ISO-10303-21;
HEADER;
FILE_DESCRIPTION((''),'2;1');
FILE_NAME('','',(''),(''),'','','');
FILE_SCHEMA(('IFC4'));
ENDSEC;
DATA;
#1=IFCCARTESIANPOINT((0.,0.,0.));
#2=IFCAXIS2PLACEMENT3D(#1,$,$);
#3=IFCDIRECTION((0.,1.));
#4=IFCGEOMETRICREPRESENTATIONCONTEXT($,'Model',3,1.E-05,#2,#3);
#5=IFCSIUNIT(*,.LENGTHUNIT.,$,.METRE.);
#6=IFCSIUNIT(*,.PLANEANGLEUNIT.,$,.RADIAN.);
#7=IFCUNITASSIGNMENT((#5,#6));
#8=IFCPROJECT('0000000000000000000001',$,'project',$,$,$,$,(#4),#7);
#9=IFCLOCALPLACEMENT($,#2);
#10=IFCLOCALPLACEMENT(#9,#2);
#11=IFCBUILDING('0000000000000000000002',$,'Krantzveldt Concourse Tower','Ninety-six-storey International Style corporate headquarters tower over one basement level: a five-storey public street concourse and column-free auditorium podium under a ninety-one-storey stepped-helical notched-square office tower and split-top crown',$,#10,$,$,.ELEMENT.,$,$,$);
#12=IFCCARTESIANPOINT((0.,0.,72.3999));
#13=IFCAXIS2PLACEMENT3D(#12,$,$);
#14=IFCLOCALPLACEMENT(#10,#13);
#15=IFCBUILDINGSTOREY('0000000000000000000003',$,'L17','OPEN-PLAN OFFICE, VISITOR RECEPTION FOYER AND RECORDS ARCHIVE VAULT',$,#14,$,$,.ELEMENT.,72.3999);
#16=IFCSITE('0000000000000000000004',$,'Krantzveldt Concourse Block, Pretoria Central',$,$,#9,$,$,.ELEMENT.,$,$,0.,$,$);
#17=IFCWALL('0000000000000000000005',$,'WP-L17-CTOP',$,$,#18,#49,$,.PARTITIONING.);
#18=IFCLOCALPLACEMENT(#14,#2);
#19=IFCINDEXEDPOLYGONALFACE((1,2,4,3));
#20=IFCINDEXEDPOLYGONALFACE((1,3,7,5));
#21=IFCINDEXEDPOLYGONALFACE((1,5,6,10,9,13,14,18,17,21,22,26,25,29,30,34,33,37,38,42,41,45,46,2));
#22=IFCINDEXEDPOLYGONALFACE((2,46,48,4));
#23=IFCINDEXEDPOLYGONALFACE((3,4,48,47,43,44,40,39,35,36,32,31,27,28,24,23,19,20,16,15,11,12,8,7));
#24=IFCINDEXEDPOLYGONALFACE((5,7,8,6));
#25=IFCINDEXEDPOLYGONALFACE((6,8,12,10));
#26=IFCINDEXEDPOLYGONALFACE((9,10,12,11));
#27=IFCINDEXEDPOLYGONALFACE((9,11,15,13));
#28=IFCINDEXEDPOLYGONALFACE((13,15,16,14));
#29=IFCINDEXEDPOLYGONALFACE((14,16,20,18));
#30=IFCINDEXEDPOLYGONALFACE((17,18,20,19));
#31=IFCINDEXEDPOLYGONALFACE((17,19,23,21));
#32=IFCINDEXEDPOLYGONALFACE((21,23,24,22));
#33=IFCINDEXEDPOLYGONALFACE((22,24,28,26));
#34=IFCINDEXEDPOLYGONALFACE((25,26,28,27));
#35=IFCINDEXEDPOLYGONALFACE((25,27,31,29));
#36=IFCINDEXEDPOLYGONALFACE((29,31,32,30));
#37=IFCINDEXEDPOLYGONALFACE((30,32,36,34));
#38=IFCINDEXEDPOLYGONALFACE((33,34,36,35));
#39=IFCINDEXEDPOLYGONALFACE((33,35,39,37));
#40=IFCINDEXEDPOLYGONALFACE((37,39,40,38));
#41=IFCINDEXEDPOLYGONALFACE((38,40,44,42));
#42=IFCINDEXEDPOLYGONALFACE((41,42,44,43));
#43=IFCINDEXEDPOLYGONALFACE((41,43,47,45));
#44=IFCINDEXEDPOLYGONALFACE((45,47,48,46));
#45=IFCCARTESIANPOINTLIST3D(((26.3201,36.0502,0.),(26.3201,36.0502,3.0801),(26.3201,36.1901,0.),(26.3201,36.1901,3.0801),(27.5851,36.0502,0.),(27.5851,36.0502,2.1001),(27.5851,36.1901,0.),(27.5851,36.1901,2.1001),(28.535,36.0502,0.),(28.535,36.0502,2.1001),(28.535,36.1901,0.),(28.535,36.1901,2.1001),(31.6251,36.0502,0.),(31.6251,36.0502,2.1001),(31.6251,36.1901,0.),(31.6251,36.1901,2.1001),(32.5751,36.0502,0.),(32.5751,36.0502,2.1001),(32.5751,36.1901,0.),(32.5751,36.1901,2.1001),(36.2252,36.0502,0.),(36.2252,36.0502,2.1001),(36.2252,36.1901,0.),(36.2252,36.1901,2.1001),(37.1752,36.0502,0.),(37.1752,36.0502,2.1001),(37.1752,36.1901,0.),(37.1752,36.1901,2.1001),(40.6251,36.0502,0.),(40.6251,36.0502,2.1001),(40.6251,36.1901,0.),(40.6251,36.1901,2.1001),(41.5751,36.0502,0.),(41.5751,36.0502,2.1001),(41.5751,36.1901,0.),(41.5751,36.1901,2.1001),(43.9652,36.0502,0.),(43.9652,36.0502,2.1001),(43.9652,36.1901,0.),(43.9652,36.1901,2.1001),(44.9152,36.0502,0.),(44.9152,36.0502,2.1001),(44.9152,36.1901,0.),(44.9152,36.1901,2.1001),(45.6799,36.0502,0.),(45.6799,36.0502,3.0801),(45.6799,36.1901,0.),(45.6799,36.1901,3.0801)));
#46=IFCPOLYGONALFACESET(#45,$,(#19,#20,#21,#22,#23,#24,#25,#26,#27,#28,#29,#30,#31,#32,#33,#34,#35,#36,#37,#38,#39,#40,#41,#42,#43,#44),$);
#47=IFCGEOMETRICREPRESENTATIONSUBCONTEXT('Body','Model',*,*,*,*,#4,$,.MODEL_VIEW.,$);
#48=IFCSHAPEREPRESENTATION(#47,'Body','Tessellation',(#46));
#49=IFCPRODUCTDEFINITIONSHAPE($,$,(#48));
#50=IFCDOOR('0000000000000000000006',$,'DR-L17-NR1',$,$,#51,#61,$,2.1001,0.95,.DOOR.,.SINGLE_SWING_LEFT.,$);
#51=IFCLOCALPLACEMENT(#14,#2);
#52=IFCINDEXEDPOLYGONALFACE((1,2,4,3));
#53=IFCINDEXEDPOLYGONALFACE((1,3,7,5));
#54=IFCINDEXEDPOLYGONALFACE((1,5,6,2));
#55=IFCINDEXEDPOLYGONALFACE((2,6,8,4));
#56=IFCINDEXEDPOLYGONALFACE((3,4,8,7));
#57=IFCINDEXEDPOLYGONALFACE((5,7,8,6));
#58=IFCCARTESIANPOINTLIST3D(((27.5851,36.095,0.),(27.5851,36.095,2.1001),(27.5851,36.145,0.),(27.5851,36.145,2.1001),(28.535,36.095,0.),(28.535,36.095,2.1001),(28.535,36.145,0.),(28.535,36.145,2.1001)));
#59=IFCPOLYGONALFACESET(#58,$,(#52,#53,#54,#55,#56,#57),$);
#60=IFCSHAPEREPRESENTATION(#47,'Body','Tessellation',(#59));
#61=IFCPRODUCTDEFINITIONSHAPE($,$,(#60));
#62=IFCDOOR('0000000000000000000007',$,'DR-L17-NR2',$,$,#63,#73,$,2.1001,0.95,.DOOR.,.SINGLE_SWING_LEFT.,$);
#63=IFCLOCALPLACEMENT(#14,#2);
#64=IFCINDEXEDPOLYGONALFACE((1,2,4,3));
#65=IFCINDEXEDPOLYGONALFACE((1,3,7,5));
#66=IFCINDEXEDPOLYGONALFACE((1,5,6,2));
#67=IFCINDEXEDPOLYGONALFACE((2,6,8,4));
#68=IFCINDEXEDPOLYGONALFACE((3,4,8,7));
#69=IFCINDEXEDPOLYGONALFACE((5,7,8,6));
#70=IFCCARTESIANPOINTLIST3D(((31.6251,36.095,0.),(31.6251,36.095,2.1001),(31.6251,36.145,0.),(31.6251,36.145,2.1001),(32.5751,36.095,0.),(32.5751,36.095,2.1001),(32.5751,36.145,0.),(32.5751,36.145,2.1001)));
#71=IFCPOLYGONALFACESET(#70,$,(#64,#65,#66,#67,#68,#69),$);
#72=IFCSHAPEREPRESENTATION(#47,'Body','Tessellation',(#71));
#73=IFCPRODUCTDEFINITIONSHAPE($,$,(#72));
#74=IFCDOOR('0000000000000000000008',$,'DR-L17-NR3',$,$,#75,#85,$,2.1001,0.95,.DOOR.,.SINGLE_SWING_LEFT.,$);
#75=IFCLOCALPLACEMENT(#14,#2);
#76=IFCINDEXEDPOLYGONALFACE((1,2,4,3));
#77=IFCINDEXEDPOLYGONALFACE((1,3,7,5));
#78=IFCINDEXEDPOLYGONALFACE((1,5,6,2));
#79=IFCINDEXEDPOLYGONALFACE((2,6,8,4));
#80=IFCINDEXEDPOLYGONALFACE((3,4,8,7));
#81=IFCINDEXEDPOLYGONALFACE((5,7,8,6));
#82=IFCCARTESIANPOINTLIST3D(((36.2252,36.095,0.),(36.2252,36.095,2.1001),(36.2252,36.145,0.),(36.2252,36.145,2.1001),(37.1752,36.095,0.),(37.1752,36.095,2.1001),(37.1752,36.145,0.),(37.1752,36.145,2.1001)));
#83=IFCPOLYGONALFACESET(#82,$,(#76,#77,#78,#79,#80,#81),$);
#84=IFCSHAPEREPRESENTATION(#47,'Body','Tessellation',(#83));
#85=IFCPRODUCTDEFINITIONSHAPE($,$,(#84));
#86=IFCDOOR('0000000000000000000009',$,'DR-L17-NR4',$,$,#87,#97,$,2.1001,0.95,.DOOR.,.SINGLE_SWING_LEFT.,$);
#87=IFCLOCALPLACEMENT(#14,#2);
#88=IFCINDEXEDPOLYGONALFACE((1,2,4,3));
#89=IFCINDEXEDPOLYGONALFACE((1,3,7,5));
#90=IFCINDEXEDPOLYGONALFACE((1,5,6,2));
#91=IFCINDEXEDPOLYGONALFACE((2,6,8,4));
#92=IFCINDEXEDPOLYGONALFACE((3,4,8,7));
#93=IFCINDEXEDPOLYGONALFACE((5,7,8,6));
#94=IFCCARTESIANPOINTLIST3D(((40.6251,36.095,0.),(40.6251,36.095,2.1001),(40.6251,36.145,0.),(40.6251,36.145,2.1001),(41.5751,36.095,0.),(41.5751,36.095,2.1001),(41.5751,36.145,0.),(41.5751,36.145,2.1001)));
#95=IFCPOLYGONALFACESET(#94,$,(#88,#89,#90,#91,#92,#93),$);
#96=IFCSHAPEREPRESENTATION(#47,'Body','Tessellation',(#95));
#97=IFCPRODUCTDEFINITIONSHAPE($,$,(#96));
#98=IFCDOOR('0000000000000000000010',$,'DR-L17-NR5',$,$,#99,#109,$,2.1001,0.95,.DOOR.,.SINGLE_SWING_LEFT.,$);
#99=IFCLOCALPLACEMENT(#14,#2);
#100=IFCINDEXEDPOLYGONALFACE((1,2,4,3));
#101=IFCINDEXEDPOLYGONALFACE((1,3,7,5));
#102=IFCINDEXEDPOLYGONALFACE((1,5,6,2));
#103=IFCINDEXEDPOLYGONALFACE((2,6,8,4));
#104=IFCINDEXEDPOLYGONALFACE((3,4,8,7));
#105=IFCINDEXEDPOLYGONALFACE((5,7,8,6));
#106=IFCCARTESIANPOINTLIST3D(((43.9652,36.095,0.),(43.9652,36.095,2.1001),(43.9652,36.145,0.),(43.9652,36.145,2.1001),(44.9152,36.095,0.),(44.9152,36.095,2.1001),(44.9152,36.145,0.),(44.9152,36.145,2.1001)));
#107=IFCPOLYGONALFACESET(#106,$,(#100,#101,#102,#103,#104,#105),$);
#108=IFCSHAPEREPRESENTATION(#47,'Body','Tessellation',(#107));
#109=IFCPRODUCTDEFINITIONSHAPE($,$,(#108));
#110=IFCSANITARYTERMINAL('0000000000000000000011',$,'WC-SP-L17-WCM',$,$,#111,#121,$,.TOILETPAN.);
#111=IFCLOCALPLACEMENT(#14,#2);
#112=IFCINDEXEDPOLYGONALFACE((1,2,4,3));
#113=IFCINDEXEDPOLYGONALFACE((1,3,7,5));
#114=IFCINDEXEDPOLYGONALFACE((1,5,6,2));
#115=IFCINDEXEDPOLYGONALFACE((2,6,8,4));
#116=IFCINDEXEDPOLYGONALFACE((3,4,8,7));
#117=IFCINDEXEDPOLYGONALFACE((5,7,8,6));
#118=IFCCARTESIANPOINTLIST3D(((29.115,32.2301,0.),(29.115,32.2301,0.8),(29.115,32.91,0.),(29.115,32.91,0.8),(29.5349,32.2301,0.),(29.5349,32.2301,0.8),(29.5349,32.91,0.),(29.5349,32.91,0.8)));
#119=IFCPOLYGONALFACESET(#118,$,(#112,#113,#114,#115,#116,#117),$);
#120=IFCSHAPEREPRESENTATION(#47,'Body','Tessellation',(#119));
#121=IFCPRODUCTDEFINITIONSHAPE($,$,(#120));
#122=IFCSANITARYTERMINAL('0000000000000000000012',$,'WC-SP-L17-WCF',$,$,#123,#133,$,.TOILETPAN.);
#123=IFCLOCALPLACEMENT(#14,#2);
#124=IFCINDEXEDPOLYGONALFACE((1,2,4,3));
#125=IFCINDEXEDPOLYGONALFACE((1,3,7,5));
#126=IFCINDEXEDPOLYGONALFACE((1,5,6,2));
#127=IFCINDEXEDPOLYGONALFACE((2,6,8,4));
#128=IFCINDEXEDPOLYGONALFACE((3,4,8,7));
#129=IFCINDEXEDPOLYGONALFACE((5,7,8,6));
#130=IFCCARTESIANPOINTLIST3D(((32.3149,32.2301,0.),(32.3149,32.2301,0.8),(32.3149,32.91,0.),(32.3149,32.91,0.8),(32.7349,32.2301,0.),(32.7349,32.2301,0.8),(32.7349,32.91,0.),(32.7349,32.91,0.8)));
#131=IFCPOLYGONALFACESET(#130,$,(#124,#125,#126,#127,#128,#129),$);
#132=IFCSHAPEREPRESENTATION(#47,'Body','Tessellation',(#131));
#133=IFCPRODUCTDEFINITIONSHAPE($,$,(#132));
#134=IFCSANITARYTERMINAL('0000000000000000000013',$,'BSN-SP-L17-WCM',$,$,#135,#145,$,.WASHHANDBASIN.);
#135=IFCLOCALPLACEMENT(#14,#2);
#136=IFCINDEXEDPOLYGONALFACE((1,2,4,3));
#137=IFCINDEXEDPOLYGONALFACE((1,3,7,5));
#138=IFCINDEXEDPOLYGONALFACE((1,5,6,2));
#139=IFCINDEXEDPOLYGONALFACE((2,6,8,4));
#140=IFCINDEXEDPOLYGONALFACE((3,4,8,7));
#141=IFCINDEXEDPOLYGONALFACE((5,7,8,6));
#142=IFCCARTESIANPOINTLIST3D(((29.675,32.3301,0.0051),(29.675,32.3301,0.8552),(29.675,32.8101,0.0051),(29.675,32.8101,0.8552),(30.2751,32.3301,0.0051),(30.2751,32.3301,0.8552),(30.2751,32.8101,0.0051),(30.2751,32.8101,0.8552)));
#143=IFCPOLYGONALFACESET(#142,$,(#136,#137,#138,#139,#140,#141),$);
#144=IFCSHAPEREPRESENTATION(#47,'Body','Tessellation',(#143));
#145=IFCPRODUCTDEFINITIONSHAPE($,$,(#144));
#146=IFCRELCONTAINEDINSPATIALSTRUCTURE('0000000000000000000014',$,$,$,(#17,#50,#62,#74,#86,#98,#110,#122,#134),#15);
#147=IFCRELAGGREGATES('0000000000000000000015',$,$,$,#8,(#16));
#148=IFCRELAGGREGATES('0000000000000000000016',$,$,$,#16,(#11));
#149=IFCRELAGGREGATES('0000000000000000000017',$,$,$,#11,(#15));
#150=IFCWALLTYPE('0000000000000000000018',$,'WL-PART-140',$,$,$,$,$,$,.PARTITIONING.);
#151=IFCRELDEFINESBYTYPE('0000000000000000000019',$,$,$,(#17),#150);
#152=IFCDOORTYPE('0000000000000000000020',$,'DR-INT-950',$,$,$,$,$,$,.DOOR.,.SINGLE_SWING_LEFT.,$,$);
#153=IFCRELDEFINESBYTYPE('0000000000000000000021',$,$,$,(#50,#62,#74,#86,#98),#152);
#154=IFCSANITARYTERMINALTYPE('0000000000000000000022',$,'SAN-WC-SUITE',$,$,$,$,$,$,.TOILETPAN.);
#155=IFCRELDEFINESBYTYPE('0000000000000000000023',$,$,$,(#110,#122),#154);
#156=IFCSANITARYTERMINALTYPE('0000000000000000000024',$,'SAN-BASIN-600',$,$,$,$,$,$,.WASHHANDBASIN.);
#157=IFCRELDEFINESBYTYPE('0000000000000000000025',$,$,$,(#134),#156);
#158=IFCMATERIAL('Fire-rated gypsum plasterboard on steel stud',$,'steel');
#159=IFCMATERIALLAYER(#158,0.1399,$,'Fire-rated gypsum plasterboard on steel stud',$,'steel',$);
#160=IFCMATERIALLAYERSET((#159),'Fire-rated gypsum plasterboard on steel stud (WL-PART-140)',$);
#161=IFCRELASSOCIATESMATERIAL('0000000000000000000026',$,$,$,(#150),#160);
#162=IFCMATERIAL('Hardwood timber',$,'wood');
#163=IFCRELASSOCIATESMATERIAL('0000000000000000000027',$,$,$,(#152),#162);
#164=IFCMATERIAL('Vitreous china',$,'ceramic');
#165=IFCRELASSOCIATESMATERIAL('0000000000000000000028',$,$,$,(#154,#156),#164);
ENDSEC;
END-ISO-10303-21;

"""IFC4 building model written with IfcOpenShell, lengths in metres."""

from ifc_helpers import new_model, si_unit, direction, frame, frame_2d, origin, origin_2d, place, context, subcontext, project, spatial, rectangle, extrude, source, transform, mapped, material, layer, layer_set, type_object, type_shapes, element, fill, save


model = new_model("IFC4")

# Units and contexts
model_context = context("Model", 3, precision=1e-05, world=origin(), true_north=direction((0.0, 1.0)))
body_context = subcontext(model_context, "Body", "Model", "MODEL_VIEW")
ifc_project = project(units=[si_unit("LENGTHUNIT", "METRE"), si_unit("PLANEANGLEUNIT", "RADIAN")], contexts=[model_context])

# Site, building, storey
site_placement = place(None, origin())
site = spatial("IfcSite", under=ifc_project, at=site_placement, Name="Krantzveldt Concourse Block, Pretoria Central", CompositionType="ELEMENT", RefElevation=0.0)
building_placement = place(site_placement, origin())
building = spatial("IfcBuilding", under=site, at=building_placement, Name="Krantzveldt Concourse Tower", Description="Ninety-six-storey International Style corporate headquarters tower over one basement level: a five-storey public street concourse and column-free auditorium podium under a ninety-one-storey stepped-helical notched-square office tower and split-top crown", CompositionType="ELEMENT")
storey_placement = place(building_placement, frame((0.0, 0.0, 72.3999)))
storey = spatial("IfcBuildingStorey", under=building, at=storey_placement, Name="L17", Description="OPEN-PLAN OFFICE, VISITOR RECEPTION FOYER AND RECORDS ARCHIVE VAULT", CompositionType="ELEMENT", Elevation=72.3999)

# Shared definitions
ifc_material_1 = material(Name="Fire-rated gypsum plasterboard on steel stud", Category="steel")

# Wall, openings, doors
ifc_layer_1 = layer(ifc_material_1, 0.1399, Name="Fire-rated gypsum plasterboard on steel stud", Category="steel")
ifc_layer_set_1 = layer_set([ifc_layer_1], Name="Fire-rated gypsum plasterboard on steel stud (WL-PART-140)")
wall_type_1 = type_object("IfcWallType", Name="WL-PART-140", PredefinedType="PARTITIONING", material=ifc_layer_set_1)
ifc_material_2 = material(Name="Hardwood timber", Category="wood")
door_type_1 = type_object("IfcDoorType", Name="DR-INT-950", OperationType="SINGLE_SWING_LEFT", PredefinedType="DOOR", material=ifc_material_2)
wall_1_placement = place(storey_placement, frame((26.3201, 36.1201, 0.0), z_axis=(0.0, 0.0, 1.0), x_axis=(1.0, 0.0, 0.0)))
wall_1 = element("IfcWall", 1, at=wall_1_placement, inside=storey, type_object=wall_type_1, Name="WP-L17-CTOP", PredefinedType="PARTITIONING", context=body_context, shape_type="SweptSolid", body=[
    extrude(rectangle(XDim=19.3599, YDim=0.1399, at=frame_2d((9.6799, 0.0))), origin(), (0.0, 0.0, 1.0), 3.0801),
])
opening_1_placement = place(wall_1_placement, frame((1.2649, 0.0, 0.0)))
opening_1 = element("IfcOpeningElement", 2, at=opening_1_placement, cuts=wall_1, PredefinedType="OPENING", context=body_context, shape_type="SweptSolid", body=[
    extrude(rectangle(XDim=0.95, YDim=2.1001, at=frame_2d((0.4751, 1.05))), frame((0.0, 0.0801, 0.0), z_axis=(0.0, -1.0, 0.0), x_axis=(1.0, 0.0, 0.0)), (0.0, 0.0, 1.0), 0.1599),
])
opening_2_placement = place(wall_1_placement, frame((5.3049, 0.0, 0.0)))
opening_2 = element("IfcOpeningElement", 3, at=opening_2_placement, cuts=wall_1, PredefinedType="OPENING", context=body_context, shape_type="SweptSolid", body=[
    extrude(rectangle(XDim=0.95, YDim=2.1001, at=frame_2d((0.4751, 1.05))), frame((0.0, 0.0801, 0.0), z_axis=(0.0, -1.0, 0.0), x_axis=(1.0, 0.0, 0.0)), (0.0, 0.0, 1.0), 0.1599),
])
opening_3_placement = place(wall_1_placement, frame((9.905, 0.0, 0.0)))
opening_3 = element("IfcOpeningElement", 4, at=opening_3_placement, cuts=wall_1, PredefinedType="OPENING", context=body_context, shape_type="SweptSolid", body=[
    extrude(rectangle(XDim=0.95, YDim=2.1001, at=frame_2d((0.4751, 1.05))), frame((0.0, 0.0801, 0.0), z_axis=(0.0, -1.0, 0.0), x_axis=(1.0, 0.0, 0.0)), (0.0, 0.0, 1.0), 0.1599),
])
opening_4_placement = place(wall_1_placement, frame((14.3049, 0.0, 0.0)))
opening_4 = element("IfcOpeningElement", 5, at=opening_4_placement, cuts=wall_1, PredefinedType="OPENING", context=body_context, shape_type="SweptSolid", body=[
    extrude(rectangle(XDim=0.95, YDim=2.1001, at=frame_2d((0.4751, 1.05))), frame((0.0, 0.0801, 0.0), z_axis=(0.0, -1.0, 0.0), x_axis=(1.0, 0.0, 0.0)), (0.0, 0.0, 1.0), 0.1599),
])
opening_5_placement = place(wall_1_placement, frame((17.645, 0.0, 0.0)))
opening_5 = element("IfcOpeningElement", 6, at=opening_5_placement, cuts=wall_1, PredefinedType="OPENING", context=body_context, shape_type="SweptSolid", body=[
    extrude(rectangle(XDim=0.95, YDim=2.1001, at=frame_2d((0.4751, 1.05))), frame((0.0, 0.0801, 0.0), z_axis=(0.0, -1.0, 0.0), x_axis=(1.0, 0.0, 0.0)), (0.0, 0.0, 1.0), 0.1599),
])
door_1_placement = place(opening_1_placement, origin())
door_1 = element("IfcDoor", 7, at=door_1_placement, inside=storey, type_object=door_type_1, Name="DR-L17-NR1", OperationType="SINGLE_SWING_LEFT", OverallHeight=2.1001, OverallWidth=0.95, PredefinedType="DOOR", context=body_context, shape_type="SweptSolid", body=[
    extrude(rectangle(XDim=0.95, YDim=2.1001, at=frame_2d((0.4751, 1.05))), frame((0.0, 0.0249, 0.0), z_axis=(0.0, -1.0, 0.0), x_axis=(1.0, 0.0, 0.0)), (0.0, 0.0, 1.0), 0.05),
])
fill(opening_1, door_1)
door_2_placement = place(opening_2_placement, origin())
door_2 = element("IfcDoor", 8, at=door_2_placement, inside=storey, type_object=door_type_1, Name="DR-L17-NR2", OperationType="SINGLE_SWING_LEFT", OverallHeight=2.1001, OverallWidth=0.95, PredefinedType="DOOR", context=body_context, shape_type="SweptSolid", body=[
    extrude(rectangle(XDim=0.95, YDim=2.1001, at=frame_2d((0.4751, 1.05))), frame((0.0, 0.0249, 0.0), z_axis=(0.0, -1.0, 0.0), x_axis=(1.0, 0.0, 0.0)), (0.0, 0.0, 1.0), 0.05),
])
fill(opening_2, door_2)
door_3_placement = place(opening_3_placement, origin())
door_3 = element("IfcDoor", 9, at=door_3_placement, inside=storey, type_object=door_type_1, Name="DR-L17-NR3", OperationType="SINGLE_SWING_LEFT", OverallHeight=2.1001, OverallWidth=0.95, PredefinedType="DOOR", context=body_context, shape_type="SweptSolid", body=[
    extrude(rectangle(XDim=0.95, YDim=2.1001, at=frame_2d((0.4751, 1.05))), frame((0.0, 0.0249, 0.0), z_axis=(0.0, -1.0, 0.0), x_axis=(1.0, 0.0, 0.0)), (0.0, 0.0, 1.0), 0.05),
])
fill(opening_3, door_3)
door_4_placement = place(opening_4_placement, origin())
door_4 = element("IfcDoor", 10, at=door_4_placement, inside=storey, type_object=door_type_1, Name="DR-L17-NR4", OperationType="SINGLE_SWING_LEFT", OverallHeight=2.1001, OverallWidth=0.95, PredefinedType="DOOR", context=body_context, shape_type="SweptSolid", body=[
    extrude(rectangle(XDim=0.95, YDim=2.1001, at=frame_2d((0.4751, 1.05))), frame((0.0, 0.0249, 0.0), z_axis=(0.0, -1.0, 0.0), x_axis=(1.0, 0.0, 0.0)), (0.0, 0.0, 1.0), 0.05),
])
fill(opening_4, door_4)
door_5_placement = place(opening_5_placement, origin())
door_5 = element("IfcDoor", 11, at=door_5_placement, inside=storey, type_object=door_type_1, Name="DR-L17-NR5", OperationType="SINGLE_SWING_LEFT", OverallHeight=2.1001, OverallWidth=0.95, PredefinedType="DOOR", context=body_context, shape_type="SweptSolid", body=[
    extrude(rectangle(XDim=0.95, YDim=2.1001, at=frame_2d((0.4751, 1.05))), frame((0.0, 0.0249, 0.0), z_axis=(0.0, -1.0, 0.0), x_axis=(1.0, 0.0, 0.0)), (0.0, 0.0, 1.0), 0.05),
])
fill(opening_5, door_5)

# Sanitary terminals
ifc_material_3 = material(Name="Vitreous china", Category="ceramic")
sanitary_terminal_type_1 = type_object("IfcSanitaryTerminalType", Name="SAN-WC-SUITE", PredefinedType="TOILETPAN", material=ifc_material_3)
shared_shape_1 = source(origin(), body_context, "Body", "SweptSolid", [
    extrude(rectangle(XDim=0.4199, YDim=0.6799, at=origin_2d()), origin(), (0.0, 0.0, 1.0), 0.8),
])
type_shapes(sanitary_terminal_type_1, [shared_shape_1])
for number, where, z_axis, x_axis, name in (
    (12, (29.325, 32.5701, 0.0), (0.0, 0.0, 1.0), (1.0, 0.0, 0.0), "WC-SP-L17-WCM"),
    (13, (32.5249, 32.5701, 0.0), (0.0, 0.0, 1.0), (1.0, 0.0, 0.0), "WC-SP-L17-WCF"),
):
    element("IfcSanitaryTerminal", number, at=place(storey_placement, frame(where, z_axis=z_axis, x_axis=x_axis)), inside=storey, type_object=sanitary_terminal_type_1, Name=name, PredefinedType="TOILETPAN", context=body_context, shape_type="MappedRepresentation", body=[
        mapped(shared_shape_1, transform((0.0, 0.0, 0.0), x_axis=(1.0, 0.0, 0.0), y_axis=(0.0, 1.0, 0.0), z_axis=(0.0, 0.0, 1.0), scale=1.0)),
    ])
sanitary_terminal_type_2 = type_object("IfcSanitaryTerminalType", Name="SAN-BASIN-600", PredefinedType="WASHHANDBASIN", material=ifc_material_3)
shared_shape_2 = source(origin(), body_context, "Body", "SweptSolid", [
    extrude(rectangle(XDim=0.6001, YDim=0.48, at=origin_2d()), origin(), (0.0, 0.0, 1.0), 0.8501),
])
type_shapes(sanitary_terminal_type_2, [shared_shape_2])
sanitary_terminal_placement = place(storey_placement, frame((29.9751, 32.5701, 0.0051), z_axis=(0.0, 0.0, 1.0), x_axis=(1.0, 0.0, 0.0)))
element("IfcSanitaryTerminal", 14, at=sanitary_terminal_placement, inside=storey, type_object=sanitary_terminal_type_2, Name="BSN-SP-L17-WCM", PredefinedType="WASHHANDBASIN", context=body_context, shape_type="MappedRepresentation", body=[
    mapped(shared_shape_2, transform((0.0, 0.0, 0.0), x_axis=(1.0, 0.0, 0.0), y_axis=(0.0, 1.0, 0.0), z_axis=(0.0, 0.0, 1.0), scale=1.0)),
])

save(model, "model.ifc")
